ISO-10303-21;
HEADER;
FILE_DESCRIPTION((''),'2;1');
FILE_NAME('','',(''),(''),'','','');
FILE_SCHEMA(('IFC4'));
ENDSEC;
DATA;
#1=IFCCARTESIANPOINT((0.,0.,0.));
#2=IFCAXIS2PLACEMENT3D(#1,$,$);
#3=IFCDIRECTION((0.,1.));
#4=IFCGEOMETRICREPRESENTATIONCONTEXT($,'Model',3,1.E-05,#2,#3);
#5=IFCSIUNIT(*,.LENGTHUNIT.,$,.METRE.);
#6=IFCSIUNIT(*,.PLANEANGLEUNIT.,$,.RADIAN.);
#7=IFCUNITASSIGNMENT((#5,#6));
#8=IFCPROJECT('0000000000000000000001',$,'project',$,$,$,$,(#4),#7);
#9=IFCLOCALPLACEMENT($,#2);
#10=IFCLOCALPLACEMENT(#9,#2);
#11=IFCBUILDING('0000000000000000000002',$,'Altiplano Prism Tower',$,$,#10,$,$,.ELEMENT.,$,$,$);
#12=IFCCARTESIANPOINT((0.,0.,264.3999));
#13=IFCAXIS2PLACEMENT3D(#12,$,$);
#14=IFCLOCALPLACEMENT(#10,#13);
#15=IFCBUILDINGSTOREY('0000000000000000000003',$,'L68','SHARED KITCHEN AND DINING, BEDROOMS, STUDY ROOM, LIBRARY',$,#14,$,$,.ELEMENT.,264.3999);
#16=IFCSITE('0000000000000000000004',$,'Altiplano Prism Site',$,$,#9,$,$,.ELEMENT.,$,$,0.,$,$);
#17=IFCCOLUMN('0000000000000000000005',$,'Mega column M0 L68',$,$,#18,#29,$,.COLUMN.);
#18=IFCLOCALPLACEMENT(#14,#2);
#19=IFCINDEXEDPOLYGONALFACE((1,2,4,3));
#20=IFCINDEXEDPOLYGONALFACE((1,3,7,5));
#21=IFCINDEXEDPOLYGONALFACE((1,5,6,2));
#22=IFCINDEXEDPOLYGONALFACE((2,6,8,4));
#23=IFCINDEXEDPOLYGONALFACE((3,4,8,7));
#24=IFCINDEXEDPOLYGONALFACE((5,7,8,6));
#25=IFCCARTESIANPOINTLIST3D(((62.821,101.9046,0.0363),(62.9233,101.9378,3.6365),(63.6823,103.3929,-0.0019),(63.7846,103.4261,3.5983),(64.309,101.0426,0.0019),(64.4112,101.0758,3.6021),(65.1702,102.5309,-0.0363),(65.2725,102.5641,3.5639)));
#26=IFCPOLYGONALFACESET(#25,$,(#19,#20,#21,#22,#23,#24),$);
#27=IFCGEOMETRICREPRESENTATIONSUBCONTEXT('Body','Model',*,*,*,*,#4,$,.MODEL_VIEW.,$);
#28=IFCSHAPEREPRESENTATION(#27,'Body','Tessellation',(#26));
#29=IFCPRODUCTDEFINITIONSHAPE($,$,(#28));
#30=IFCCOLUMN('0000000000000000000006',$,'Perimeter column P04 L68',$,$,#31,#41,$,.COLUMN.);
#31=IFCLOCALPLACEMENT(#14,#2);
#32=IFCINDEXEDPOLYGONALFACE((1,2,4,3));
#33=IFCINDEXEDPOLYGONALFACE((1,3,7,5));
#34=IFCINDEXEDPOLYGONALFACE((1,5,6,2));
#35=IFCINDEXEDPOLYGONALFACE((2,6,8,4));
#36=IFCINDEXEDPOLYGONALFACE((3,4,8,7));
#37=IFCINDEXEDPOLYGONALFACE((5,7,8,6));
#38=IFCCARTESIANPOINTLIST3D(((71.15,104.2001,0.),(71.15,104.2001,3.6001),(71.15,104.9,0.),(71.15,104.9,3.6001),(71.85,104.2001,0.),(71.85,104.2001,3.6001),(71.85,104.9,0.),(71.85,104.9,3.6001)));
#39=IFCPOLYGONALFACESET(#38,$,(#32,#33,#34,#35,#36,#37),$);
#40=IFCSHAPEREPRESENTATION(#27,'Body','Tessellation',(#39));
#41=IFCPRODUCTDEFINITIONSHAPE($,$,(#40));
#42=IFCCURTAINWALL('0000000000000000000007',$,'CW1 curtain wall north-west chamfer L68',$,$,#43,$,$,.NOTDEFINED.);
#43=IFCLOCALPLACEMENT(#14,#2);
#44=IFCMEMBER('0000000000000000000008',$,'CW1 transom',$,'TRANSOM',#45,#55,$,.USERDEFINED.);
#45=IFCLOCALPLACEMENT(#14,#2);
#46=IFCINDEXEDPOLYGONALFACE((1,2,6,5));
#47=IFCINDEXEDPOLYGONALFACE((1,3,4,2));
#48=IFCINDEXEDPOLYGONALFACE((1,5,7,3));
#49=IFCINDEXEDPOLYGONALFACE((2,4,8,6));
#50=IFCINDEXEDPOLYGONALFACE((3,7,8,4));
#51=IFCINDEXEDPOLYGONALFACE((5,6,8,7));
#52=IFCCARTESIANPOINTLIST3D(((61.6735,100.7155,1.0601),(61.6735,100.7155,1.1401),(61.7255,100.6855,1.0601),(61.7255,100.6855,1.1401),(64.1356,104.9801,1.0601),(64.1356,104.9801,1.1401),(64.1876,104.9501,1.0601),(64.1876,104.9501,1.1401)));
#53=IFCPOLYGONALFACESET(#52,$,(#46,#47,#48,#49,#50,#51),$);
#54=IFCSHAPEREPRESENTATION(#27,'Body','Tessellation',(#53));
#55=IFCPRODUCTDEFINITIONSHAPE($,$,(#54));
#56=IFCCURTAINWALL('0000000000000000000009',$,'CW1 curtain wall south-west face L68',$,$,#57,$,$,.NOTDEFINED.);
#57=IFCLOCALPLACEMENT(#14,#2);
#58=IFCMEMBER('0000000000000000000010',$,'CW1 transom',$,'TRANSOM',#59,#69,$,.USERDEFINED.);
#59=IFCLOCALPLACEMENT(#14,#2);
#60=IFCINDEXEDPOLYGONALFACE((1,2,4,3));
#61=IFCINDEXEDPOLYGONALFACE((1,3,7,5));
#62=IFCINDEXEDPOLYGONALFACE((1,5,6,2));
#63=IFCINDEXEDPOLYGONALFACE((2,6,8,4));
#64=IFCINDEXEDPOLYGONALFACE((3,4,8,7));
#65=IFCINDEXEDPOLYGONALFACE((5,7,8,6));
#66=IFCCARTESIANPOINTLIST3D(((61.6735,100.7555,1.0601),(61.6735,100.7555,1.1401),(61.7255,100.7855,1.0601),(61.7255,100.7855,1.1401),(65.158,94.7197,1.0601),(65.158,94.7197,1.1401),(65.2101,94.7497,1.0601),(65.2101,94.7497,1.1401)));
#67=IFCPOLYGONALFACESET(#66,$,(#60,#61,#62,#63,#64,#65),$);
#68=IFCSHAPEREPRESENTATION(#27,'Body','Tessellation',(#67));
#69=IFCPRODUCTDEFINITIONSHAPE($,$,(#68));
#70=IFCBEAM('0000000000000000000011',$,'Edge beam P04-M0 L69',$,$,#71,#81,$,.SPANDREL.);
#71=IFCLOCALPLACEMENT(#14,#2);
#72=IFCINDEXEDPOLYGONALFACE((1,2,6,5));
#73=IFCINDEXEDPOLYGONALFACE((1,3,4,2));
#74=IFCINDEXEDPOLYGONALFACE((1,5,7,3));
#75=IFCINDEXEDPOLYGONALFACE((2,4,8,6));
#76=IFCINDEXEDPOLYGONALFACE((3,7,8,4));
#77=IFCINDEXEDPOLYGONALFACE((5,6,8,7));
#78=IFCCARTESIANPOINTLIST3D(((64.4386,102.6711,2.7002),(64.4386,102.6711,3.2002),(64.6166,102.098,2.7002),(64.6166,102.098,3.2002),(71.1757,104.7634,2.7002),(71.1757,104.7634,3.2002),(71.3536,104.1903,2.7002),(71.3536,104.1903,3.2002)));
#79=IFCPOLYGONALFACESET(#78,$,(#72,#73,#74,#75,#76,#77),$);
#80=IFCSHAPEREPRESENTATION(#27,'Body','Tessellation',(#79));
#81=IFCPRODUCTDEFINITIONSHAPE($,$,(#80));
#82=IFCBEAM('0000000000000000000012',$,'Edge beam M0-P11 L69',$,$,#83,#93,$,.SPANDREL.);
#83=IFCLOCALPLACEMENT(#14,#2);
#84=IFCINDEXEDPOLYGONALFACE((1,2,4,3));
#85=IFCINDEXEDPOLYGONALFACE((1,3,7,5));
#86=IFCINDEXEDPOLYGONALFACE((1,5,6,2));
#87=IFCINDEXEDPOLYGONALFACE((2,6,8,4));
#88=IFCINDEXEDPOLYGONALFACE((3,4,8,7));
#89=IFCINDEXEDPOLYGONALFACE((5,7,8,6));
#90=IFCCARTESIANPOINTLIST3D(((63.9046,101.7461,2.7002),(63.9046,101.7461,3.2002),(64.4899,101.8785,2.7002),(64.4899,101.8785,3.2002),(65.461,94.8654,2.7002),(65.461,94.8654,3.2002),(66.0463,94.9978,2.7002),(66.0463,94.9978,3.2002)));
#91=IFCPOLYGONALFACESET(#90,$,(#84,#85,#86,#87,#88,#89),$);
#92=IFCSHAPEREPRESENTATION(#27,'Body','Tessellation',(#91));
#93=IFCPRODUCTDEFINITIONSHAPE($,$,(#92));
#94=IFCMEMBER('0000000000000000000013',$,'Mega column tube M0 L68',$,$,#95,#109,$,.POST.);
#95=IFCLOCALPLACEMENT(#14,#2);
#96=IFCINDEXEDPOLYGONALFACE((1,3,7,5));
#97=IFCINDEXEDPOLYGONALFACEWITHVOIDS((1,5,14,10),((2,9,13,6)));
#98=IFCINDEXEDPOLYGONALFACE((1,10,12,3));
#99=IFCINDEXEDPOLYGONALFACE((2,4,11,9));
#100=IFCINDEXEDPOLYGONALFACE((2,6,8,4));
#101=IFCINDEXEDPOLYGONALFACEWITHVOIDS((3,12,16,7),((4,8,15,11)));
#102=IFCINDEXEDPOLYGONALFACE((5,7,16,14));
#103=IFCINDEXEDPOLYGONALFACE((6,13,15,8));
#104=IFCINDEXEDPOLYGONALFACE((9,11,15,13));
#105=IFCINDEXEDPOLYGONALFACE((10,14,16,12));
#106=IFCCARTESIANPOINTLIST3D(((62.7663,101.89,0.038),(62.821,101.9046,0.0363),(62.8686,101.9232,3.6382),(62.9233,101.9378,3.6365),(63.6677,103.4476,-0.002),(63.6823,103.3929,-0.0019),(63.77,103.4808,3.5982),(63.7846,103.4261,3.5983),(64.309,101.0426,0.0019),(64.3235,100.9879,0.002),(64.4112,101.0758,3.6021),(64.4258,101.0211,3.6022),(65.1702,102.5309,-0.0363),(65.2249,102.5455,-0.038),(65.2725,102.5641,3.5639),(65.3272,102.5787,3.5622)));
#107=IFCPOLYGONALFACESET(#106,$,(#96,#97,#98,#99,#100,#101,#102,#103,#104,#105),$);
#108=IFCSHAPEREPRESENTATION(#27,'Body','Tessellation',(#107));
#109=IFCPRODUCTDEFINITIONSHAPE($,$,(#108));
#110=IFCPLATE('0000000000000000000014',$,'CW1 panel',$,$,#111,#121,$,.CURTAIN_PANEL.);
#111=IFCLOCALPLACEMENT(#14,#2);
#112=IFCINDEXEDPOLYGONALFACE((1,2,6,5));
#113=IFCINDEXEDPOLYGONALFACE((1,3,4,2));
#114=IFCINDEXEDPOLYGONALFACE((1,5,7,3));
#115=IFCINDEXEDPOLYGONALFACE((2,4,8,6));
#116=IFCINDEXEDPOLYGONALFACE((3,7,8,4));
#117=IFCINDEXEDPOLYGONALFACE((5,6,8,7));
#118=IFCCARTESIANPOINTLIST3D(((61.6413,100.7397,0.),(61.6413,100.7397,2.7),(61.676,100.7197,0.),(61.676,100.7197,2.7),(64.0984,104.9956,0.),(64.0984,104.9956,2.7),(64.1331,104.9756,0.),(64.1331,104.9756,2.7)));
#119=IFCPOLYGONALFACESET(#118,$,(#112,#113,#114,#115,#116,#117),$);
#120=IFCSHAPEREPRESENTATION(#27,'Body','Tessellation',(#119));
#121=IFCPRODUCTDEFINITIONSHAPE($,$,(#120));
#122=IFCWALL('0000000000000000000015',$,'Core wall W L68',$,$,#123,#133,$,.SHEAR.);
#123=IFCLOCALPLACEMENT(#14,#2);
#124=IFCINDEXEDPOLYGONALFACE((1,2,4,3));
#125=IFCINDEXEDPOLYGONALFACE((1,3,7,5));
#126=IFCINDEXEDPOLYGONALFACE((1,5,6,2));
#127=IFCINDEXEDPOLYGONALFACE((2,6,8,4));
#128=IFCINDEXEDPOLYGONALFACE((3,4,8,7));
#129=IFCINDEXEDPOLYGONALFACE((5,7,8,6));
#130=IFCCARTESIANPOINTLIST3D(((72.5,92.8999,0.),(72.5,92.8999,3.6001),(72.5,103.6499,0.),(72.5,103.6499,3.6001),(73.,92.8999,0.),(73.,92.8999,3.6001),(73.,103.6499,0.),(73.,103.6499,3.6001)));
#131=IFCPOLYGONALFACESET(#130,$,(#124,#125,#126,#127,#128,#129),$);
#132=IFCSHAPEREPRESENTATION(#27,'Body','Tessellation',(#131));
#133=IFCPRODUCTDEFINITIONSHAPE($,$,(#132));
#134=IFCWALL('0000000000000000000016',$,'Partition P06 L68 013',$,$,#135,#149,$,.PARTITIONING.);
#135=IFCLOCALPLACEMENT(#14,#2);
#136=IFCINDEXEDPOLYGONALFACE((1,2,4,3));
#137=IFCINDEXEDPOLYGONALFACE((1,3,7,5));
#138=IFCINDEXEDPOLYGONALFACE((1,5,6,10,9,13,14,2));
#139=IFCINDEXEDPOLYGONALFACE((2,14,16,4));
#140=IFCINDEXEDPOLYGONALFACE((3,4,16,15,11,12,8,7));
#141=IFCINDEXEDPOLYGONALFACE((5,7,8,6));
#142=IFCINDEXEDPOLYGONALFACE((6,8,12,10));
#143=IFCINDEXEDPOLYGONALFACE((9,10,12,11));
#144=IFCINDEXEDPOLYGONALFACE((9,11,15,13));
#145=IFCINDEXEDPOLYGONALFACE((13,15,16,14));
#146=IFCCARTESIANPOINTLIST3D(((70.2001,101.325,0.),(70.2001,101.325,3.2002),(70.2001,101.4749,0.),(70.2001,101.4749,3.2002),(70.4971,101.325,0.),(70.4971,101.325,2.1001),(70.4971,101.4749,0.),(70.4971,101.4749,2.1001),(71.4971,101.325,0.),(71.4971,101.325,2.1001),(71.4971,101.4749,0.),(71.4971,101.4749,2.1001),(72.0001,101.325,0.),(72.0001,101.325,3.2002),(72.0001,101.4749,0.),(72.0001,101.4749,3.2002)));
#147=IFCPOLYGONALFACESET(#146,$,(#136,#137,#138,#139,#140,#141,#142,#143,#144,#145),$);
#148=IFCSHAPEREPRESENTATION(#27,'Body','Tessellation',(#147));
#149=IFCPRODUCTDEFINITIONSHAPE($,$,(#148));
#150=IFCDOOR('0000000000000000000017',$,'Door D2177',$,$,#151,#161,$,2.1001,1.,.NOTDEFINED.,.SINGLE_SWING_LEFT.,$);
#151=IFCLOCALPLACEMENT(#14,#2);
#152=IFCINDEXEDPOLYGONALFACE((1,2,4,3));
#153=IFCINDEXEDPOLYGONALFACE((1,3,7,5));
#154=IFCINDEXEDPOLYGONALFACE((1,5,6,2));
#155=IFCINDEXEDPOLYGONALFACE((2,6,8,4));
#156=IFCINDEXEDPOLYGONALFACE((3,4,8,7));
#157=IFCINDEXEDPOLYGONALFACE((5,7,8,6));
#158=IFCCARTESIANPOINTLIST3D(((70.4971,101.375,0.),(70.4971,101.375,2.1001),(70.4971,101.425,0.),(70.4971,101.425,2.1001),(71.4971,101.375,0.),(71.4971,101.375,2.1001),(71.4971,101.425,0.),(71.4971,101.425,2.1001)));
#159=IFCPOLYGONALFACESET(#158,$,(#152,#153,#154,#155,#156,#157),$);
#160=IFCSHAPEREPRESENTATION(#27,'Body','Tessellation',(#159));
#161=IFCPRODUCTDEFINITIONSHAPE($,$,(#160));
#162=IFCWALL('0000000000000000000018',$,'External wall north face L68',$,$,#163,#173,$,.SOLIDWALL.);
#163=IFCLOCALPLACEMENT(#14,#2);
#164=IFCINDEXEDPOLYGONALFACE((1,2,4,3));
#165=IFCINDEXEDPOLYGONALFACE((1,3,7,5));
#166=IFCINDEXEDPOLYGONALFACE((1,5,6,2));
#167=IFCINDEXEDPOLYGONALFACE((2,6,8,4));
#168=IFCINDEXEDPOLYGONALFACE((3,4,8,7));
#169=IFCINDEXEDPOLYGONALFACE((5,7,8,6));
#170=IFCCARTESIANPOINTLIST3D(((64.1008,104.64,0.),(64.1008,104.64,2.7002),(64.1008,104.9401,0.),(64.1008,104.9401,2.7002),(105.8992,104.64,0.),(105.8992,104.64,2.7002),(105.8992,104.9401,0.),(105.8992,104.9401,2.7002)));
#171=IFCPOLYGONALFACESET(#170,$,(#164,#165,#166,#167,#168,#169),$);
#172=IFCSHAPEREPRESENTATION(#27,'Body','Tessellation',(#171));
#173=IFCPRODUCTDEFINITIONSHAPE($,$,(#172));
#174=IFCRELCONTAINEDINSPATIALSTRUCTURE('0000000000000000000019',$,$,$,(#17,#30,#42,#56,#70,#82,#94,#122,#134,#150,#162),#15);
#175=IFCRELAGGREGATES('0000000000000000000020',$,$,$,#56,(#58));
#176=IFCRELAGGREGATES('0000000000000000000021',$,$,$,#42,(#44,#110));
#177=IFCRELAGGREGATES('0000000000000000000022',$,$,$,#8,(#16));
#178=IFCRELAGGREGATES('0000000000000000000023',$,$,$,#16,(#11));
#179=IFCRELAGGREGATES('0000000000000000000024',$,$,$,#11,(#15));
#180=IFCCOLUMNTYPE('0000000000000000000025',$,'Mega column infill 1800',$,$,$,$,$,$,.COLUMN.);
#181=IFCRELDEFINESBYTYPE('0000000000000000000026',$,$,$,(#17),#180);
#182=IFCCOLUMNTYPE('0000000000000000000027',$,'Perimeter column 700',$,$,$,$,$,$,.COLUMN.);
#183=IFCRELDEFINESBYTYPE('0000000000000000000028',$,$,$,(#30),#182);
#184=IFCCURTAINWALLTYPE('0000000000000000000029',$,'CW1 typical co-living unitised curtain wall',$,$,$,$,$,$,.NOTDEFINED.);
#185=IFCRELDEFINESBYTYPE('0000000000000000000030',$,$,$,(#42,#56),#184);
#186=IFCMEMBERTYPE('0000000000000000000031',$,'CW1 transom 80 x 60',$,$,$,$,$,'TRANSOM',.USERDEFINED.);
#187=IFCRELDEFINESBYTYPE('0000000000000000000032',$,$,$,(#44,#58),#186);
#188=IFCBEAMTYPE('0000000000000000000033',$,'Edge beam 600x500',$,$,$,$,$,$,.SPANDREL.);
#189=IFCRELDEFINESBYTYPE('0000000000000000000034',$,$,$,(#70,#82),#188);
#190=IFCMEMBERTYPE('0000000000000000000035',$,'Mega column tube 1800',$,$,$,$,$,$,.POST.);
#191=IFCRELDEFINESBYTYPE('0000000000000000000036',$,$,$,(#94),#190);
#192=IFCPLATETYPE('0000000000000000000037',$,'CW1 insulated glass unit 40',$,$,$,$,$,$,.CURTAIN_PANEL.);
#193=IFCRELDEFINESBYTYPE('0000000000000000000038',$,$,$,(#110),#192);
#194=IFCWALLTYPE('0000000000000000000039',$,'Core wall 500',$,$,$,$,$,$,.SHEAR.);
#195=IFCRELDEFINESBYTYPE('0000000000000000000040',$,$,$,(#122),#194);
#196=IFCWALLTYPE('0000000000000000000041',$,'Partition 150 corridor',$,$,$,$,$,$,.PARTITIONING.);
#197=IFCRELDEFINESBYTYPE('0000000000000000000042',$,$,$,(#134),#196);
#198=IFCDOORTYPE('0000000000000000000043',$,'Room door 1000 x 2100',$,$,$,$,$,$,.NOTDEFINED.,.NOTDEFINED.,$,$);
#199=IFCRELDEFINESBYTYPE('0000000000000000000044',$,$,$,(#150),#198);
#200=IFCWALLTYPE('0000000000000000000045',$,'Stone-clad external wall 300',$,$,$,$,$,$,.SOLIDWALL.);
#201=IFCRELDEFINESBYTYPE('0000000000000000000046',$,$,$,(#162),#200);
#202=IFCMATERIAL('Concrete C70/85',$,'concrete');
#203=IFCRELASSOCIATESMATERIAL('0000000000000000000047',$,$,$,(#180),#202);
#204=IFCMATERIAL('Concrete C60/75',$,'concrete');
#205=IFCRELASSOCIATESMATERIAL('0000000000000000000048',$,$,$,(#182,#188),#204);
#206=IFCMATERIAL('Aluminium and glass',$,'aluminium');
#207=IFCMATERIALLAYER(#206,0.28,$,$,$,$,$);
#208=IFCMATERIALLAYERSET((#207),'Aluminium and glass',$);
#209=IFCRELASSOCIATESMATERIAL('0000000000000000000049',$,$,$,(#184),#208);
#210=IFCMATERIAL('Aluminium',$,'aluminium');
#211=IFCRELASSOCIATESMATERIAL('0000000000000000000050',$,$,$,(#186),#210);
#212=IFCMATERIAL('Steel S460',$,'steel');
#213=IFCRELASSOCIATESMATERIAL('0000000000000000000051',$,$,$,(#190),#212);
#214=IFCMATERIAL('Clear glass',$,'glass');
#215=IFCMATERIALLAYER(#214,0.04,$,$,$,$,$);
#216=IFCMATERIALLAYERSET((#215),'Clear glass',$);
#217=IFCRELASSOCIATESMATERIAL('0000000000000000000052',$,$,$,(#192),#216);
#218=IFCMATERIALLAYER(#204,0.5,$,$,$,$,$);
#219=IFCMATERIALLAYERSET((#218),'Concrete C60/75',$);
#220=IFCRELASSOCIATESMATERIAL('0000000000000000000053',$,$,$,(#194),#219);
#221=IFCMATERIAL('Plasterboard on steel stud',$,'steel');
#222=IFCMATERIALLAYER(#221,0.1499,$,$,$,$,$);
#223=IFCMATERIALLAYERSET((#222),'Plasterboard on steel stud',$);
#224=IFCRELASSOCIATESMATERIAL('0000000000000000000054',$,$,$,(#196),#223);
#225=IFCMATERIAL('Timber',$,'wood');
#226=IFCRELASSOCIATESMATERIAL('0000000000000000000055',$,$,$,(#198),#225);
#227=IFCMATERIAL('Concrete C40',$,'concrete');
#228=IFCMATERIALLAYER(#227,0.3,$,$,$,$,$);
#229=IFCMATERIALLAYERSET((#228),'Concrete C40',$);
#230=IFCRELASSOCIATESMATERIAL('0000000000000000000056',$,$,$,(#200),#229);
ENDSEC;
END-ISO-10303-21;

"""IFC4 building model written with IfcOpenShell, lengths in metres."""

from ifc_helpers import new_model, si_unit, direction, frame, frame_2d, origin, origin_2d, place, context, subcontext, project, spatial, rectangle, hollow_rectangle, extrude, material, layer, layer_set, material_profile, profile_set, type_object, element, fill, aggregate, save


model = new_model("IFC4")

# Units and contexts
model_context = context("Model", 3, precision=1e-05, world=origin(), true_north=direction((0.0, 1.0)))
body_context = subcontext(model_context, "Body", "Model", "MODEL_VIEW")
ifc_project = project(units=[si_unit("LENGTHUNIT", "METRE"), si_unit("PLANEANGLEUNIT", "RADIAN")], contexts=[model_context])

# Site, building, storey
site_placement = place(None, origin())
site = spatial("IfcSite", under=ifc_project, at=site_placement, Name="Altiplano Prism Site", CompositionType="ELEMENT", RefElevation=0.0)
building_placement = place(site_placement, origin())
building = spatial("IfcBuilding", under=site, at=building_placement, Name="Altiplano Prism Tower", CompositionType="ELEMENT")
storey_placement = place(building_placement, frame((0.0, 0.0, 264.3999)))
storey = spatial("IfcBuildingStorey", under=building, at=storey_placement, Name="L68", Description="SHARED KITCHEN AND DINING, BEDROOMS, STUDY ROOM, LIBRARY", CompositionType="ELEMENT", Elevation=264.3999)

# Columns
ifc_material_1 = material(Name="Concrete C70/85", Category="concrete")
ifc_material_profile_1 = material_profile(ifc_material_1, rectangle(XDim=1.72, YDim=1.72, at=origin_2d()), Name="Mega column infill 1800")
ifc_profile_set_1 = profile_set([ifc_material_profile_1], Name="Concrete C70/85")
column_type_1 = type_object("IfcColumnType", Name="Mega column infill 1800", PredefinedType="COLUMN", material=ifc_profile_set_1)
column_1_placement = place(storey_placement, frame((63.9956, 102.2178, 0.0), z_axis=(0.028402, 0.009219, 0.999554), x_axis=(-0.86512, 0.501167, 0.01996)))
element("IfcColumn", 1, at=column_1_placement, inside=storey, type_object=column_type_1, Name="Mega column M0 L68", PredefinedType="COLUMN", context=body_context, shape_type="SweptSolid", body=[
    extrude(rectangle(XDim=1.72, YDim=1.72, at=origin_2d()), origin(), (0.0, 0.0, 1.0), 3.6018),
])
ifc_material_2 = material(Name="Concrete C60/75", Category="concrete")
ifc_material_profile_2 = material_profile(ifc_material_2, rectangle(XDim=0.7, YDim=0.7, at=origin_2d()), Name="Perimeter column 700")
ifc_profile_set_2 = profile_set([ifc_material_profile_2], Name="Concrete C60/75")
column_type_2 = type_object("IfcColumnType", Name="Perimeter column 700", PredefinedType="COLUMN", material=ifc_profile_set_2)
column_2_placement = place(storey_placement, frame((71.5, 104.55, 0.0), z_axis=(0.0, 0.0, 1.0), x_axis=(1.0, 0.0, 0.0)))
element("IfcColumn", 2, at=column_2_placement, inside=storey, type_object=column_type_2, Name="Perimeter column P04 L68", PredefinedType="COLUMN", context=body_context, shape_type="SweptSolid", body=[
    extrude(rectangle(XDim=0.7, YDim=0.7, at=origin_2d()), origin(), (0.0, 0.0, 1.0), 3.6001),
])

# Curtain walls, members
ifc_material_3 = material(Name="Aluminium and glass", Category="aluminium")
ifc_layer_1 = layer(ifc_material_3, 0.28)
ifc_layer_set_1 = layer_set([ifc_layer_1], Name="Aluminium and glass")
curtain_wall_type = type_object("IfcCurtainWallType", Name="CW1 typical co-living unitised curtain wall", PredefinedType="NOTDEFINED", material=ifc_layer_set_1)
curtain_wall_1_placement = place(storey_placement, origin())
curtain_wall_1 = element("IfcCurtainWall", 3, at=curtain_wall_1_placement, inside=storey, type_object=curtain_wall_type, Name="CW1 curtain wall north-west chamfer L68", PredefinedType="NOTDEFINED")
ifc_material_4 = material(Name="Aluminium", Category="aluminium")
ifc_material_profile_3 = material_profile(ifc_material_4, rectangle(XDim=0.0601, YDim=0.0801, at=origin_2d()), Name="CW1 transom 80 x 60")
ifc_profile_set_3 = profile_set([ifc_material_profile_3], Name="Aluminium")
member_type_1 = type_object("IfcMemberType", Name="CW1 transom 80 x 60", ElementType="TRANSOM", PredefinedType="USERDEFINED", material=ifc_profile_set_3)
member_1_placement = place(storey_placement, frame((64.1616, 104.9651, 1.1001), z_axis=(-0.499994, -0.866029, 0.0), x_axis=(0.866029, -0.499994, 0.0)))
member_1 = element("IfcMember", 4, at=member_1_placement, type_object=member_type_1, Name="CW1 transom", ObjectType="TRANSOM", PredefinedType="USERDEFINED", context=body_context, shape_type="SweptSolid", body=[
    extrude(rectangle(XDim=0.0601, YDim=0.0801, at=origin_2d()), origin(), (0.0, 0.0, 1.0), 4.9243),
])
curtain_wall_2_placement = place(storey_placement, origin())
curtain_wall_2 = element("IfcCurtainWall", 5, at=curtain_wall_2_placement, inside=storey, type_object=curtain_wall_type, Name="CW1 curtain wall south-west face L68", PredefinedType="NOTDEFINED")
member_2_placement = place(storey_placement, frame((61.6995, 100.7705, 1.1001), z_axis=(0.499978, -0.866038, 0.0), x_axis=(0.866038, 0.499978, 0.0)))
member_2 = element("IfcMember", 6, at=member_2_placement, type_object=member_type_1, Name="CW1 transom", ObjectType="TRANSOM", PredefinedType="USERDEFINED", context=body_context, shape_type="SweptSolid", body=[
    extrude(rectangle(XDim=0.0601, YDim=0.0801, at=origin_2d()), origin(), (0.0, 0.0, 1.0), 6.9695),
])
aggregate(curtain_wall_2, [member_2])

# Beams
ifc_material_profile_4 = material_profile(ifc_material_2, rectangle(XDim=0.6001, YDim=0.5, at=origin_2d()), Name="Edge beam 600x500")
ifc_profile_set_4 = profile_set([ifc_material_profile_4], Name="Concrete C60/75")
beam_type = type_object("IfcBeamType", Name="Edge beam 600x500", PredefinedType="SPANDREL", material=ifc_profile_set_4)
for number, where, z_axis, x_axis, name in (
    (7, (71.2646, 104.4768, 2.9502), (-0.955005, -0.29659, 0.0), (0.29659, -0.955005, 0.0), "Edge beam P04-M0 L69"),
    (8, (64.1973, 101.8123, 2.9502), (0.220626, -0.975358, 0.0), (0.975358, 0.220626, 0.0), "Edge beam M0-P11 L69"),
):
    element("IfcBeam", number, at=place(storey_placement, frame(where, z_axis=z_axis, x_axis=x_axis)), inside=storey, type_object=beam_type, Name=name, PredefinedType="SPANDREL", context=body_context, shape_type="SweptSolid", body=[
        extrude(rectangle(XDim=0.6001, YDim=0.5, at=origin_2d()), origin(), (0.0, 0.0, 1.0), 7.0544),
    ])

# Member
ifc_material_5 = material(Name="Steel S460", Category="steel")
ifc_material_profile_5 = material_profile(ifc_material_5, hollow_rectangle(XDim=1.8, YDim=1.8, WallThickness=0.04, at=origin_2d()), Name="Mega column tube 1800")
ifc_profile_set_5 = profile_set([ifc_material_profile_5], Name="Steel S460")
member_type_2 = type_object("IfcMemberType", Name="Mega column tube 1800", PredefinedType="POST", material=ifc_profile_set_5)
member_3_placement = place(storey_placement, frame((63.9956, 102.2178, 0.0), z_axis=(0.028402, 0.009219, 0.999554), x_axis=(-0.86512, 0.501167, 0.01996)))
element("IfcMember", 9, at=member_3_placement, inside=storey, type_object=member_type_2, Name="Mega column tube M0 L68", PredefinedType="POST", context=body_context, shape_type="SweptSolid", body=[
    extrude(hollow_rectangle(XDim=1.8, YDim=1.8, WallThickness=0.04, at=origin_2d()), origin(), (0.0, 0.0, 1.0), 3.6018),
])

# Plate
ifc_material_6 = material(Name="Clear glass", Category="glass")
ifc_layer_2 = layer(ifc_material_6, 0.04)
ifc_layer_set_2 = layer_set([ifc_layer_2], Name="Clear glass")
plate_type = type_object("IfcPlateType", Name="CW1 insulated glass unit 40", PredefinedType="CURTAIN_PANEL", material=ifc_layer_set_2)
plate_placement = place(storey_placement, frame((62.8872, 102.8577, 0.0), z_axis=(0.0, 0.0, 1.0), x_axis=(-0.5, -0.866025, 0.0)))
plate = element("IfcPlate", 10, at=plate_placement, type_object=plate_type, Name="CW1 panel", PredefinedType="CURTAIN_PANEL", context=body_context, shape_type="SweptSolid", body=[
    extrude(rectangle(XDim=4.9143, YDim=0.04, at=origin_2d()), origin(), (0.0, 0.0, 1.0), 2.7),
])
aggregate(curtain_wall_1, [member_1, plate])

# Wall
ifc_layer_3 = layer(ifc_material_2, 0.5)
ifc_layer_set_3 = layer_set([ifc_layer_3], Name="Concrete C60/75")
wall_type_1 = type_object("IfcWallType", Name="Core wall 500", PredefinedType="SHEAR", material=ifc_layer_set_3)
wall_1_placement = place(storey_placement, frame((72.75, 103.6499, 0.0), z_axis=(0.0, 0.0, 1.0), x_axis=(0.0, -1.0, 0.0)))
element("IfcWall", 11, at=wall_1_placement, inside=storey, type_object=wall_type_1, Name="Core wall W L68", PredefinedType="SHEAR", context=body_context, shape_type="SweptSolid", body=[
    extrude(rectangle(XDim=10.75, YDim=0.5, at=frame_2d((5.375, 0.0))), origin(), (0.0, 0.0, 1.0), 3.6001),
])

# Wall, opening, door
ifc_material_7 = material(Name="Plasterboard on steel stud", Category="steel")
ifc_layer_4 = layer(ifc_material_7, 0.1499)
ifc_layer_set_4 = layer_set([ifc_layer_4], Name="Plasterboard on steel stud")
wall_type_2 = type_object("IfcWallType", Name="Partition 150 corridor", PredefinedType="PARTITIONING", material=ifc_layer_set_4)
wall_2_placement = place(storey_placement, frame((72.0, 101.3999, 0.0), z_axis=(0.0, 0.0, 1.0), x_axis=(-1.0, 0.0, 0.0)))
wall_2 = element("IfcWall", 12, at=wall_2_placement, inside=storey, type_object=wall_type_2, Name="Partition P06 L68 013", PredefinedType="PARTITIONING", context=body_context, shape_type="SweptSolid", body=[
    extrude(rectangle(XDim=1.8, YDim=0.1499, at=frame_2d((0.8999, 0.0))), origin(), (0.0, 0.0, 1.0), 3.2002),
])
opening_placement = place(wall_2_placement, frame((0.5029, 0.0, 0.0)))
opening = element("IfcOpeningElement", 13, at=opening_placement, cuts=wall_2, PredefinedType="OPENING", context=body_context, shape_type="SweptSolid", body=[
    extrude(rectangle(XDim=1.0, YDim=2.1001, at=frame_2d((0.5, 1.05))), frame((0.0, 0.0854, 0.0), z_axis=(0.0, -1.0, 0.0), x_axis=(1.0, 0.0, 0.0)), (0.0, 0.0, 1.0), 0.1709),
])
ifc_material_8 = material(Name="Timber", Category="wood")
door_type = type_object("IfcDoorType", Name="Room door 1000 x 2100", OperationType="NOTDEFINED", PredefinedType="NOTDEFINED", material=ifc_material_8)
door_placement = place(opening_placement, origin())
door = element("IfcDoor", 14, at=door_placement, inside=storey, type_object=door_type, Name="Door D2177", OperationType="SINGLE_SWING_LEFT", OverallHeight=2.1001, OverallWidth=1.0, PredefinedType="NOTDEFINED", context=body_context, shape_type="SweptSolid", body=[
    extrude(rectangle(XDim=1.0, YDim=2.1001, at=frame_2d((0.5, 1.05))), frame((0.0, 0.0249, 0.0), z_axis=(0.0, -1.0, 0.0), x_axis=(1.0, 0.0, 0.0)), (0.0, 0.0, 1.0), 0.05),
])
fill(opening, door)

# Wall
ifc_material_9 = material(Name="Concrete C40", Category="concrete")
ifc_layer_5 = layer(ifc_material_9, 0.3)
ifc_layer_set_5 = layer_set([ifc_layer_5], Name="Concrete C40")
wall_type_3 = type_object("IfcWallType", Name="Stone-clad external wall 300", PredefinedType="SOLIDWALL", material=ifc_layer_set_5)
wall_3_placement = place(storey_placement, frame((64.1008, 104.79, 0.0), z_axis=(0.0, 0.0, 1.0), x_axis=(1.0, 0.0, 0.0)))
element("IfcWall", 15, at=wall_3_placement, inside=storey, type_object=wall_type_3, Name="External wall north face L68", PredefinedType="SOLIDWALL", context=body_context, shape_type="SweptSolid", body=[
    extrude(rectangle(XDim=41.7983, YDim=0.3, at=frame_2d((20.8992, 0.0))), origin(), (0.0, 0.0, 1.0), 2.7002),
])

save(model, "model.ifc")
